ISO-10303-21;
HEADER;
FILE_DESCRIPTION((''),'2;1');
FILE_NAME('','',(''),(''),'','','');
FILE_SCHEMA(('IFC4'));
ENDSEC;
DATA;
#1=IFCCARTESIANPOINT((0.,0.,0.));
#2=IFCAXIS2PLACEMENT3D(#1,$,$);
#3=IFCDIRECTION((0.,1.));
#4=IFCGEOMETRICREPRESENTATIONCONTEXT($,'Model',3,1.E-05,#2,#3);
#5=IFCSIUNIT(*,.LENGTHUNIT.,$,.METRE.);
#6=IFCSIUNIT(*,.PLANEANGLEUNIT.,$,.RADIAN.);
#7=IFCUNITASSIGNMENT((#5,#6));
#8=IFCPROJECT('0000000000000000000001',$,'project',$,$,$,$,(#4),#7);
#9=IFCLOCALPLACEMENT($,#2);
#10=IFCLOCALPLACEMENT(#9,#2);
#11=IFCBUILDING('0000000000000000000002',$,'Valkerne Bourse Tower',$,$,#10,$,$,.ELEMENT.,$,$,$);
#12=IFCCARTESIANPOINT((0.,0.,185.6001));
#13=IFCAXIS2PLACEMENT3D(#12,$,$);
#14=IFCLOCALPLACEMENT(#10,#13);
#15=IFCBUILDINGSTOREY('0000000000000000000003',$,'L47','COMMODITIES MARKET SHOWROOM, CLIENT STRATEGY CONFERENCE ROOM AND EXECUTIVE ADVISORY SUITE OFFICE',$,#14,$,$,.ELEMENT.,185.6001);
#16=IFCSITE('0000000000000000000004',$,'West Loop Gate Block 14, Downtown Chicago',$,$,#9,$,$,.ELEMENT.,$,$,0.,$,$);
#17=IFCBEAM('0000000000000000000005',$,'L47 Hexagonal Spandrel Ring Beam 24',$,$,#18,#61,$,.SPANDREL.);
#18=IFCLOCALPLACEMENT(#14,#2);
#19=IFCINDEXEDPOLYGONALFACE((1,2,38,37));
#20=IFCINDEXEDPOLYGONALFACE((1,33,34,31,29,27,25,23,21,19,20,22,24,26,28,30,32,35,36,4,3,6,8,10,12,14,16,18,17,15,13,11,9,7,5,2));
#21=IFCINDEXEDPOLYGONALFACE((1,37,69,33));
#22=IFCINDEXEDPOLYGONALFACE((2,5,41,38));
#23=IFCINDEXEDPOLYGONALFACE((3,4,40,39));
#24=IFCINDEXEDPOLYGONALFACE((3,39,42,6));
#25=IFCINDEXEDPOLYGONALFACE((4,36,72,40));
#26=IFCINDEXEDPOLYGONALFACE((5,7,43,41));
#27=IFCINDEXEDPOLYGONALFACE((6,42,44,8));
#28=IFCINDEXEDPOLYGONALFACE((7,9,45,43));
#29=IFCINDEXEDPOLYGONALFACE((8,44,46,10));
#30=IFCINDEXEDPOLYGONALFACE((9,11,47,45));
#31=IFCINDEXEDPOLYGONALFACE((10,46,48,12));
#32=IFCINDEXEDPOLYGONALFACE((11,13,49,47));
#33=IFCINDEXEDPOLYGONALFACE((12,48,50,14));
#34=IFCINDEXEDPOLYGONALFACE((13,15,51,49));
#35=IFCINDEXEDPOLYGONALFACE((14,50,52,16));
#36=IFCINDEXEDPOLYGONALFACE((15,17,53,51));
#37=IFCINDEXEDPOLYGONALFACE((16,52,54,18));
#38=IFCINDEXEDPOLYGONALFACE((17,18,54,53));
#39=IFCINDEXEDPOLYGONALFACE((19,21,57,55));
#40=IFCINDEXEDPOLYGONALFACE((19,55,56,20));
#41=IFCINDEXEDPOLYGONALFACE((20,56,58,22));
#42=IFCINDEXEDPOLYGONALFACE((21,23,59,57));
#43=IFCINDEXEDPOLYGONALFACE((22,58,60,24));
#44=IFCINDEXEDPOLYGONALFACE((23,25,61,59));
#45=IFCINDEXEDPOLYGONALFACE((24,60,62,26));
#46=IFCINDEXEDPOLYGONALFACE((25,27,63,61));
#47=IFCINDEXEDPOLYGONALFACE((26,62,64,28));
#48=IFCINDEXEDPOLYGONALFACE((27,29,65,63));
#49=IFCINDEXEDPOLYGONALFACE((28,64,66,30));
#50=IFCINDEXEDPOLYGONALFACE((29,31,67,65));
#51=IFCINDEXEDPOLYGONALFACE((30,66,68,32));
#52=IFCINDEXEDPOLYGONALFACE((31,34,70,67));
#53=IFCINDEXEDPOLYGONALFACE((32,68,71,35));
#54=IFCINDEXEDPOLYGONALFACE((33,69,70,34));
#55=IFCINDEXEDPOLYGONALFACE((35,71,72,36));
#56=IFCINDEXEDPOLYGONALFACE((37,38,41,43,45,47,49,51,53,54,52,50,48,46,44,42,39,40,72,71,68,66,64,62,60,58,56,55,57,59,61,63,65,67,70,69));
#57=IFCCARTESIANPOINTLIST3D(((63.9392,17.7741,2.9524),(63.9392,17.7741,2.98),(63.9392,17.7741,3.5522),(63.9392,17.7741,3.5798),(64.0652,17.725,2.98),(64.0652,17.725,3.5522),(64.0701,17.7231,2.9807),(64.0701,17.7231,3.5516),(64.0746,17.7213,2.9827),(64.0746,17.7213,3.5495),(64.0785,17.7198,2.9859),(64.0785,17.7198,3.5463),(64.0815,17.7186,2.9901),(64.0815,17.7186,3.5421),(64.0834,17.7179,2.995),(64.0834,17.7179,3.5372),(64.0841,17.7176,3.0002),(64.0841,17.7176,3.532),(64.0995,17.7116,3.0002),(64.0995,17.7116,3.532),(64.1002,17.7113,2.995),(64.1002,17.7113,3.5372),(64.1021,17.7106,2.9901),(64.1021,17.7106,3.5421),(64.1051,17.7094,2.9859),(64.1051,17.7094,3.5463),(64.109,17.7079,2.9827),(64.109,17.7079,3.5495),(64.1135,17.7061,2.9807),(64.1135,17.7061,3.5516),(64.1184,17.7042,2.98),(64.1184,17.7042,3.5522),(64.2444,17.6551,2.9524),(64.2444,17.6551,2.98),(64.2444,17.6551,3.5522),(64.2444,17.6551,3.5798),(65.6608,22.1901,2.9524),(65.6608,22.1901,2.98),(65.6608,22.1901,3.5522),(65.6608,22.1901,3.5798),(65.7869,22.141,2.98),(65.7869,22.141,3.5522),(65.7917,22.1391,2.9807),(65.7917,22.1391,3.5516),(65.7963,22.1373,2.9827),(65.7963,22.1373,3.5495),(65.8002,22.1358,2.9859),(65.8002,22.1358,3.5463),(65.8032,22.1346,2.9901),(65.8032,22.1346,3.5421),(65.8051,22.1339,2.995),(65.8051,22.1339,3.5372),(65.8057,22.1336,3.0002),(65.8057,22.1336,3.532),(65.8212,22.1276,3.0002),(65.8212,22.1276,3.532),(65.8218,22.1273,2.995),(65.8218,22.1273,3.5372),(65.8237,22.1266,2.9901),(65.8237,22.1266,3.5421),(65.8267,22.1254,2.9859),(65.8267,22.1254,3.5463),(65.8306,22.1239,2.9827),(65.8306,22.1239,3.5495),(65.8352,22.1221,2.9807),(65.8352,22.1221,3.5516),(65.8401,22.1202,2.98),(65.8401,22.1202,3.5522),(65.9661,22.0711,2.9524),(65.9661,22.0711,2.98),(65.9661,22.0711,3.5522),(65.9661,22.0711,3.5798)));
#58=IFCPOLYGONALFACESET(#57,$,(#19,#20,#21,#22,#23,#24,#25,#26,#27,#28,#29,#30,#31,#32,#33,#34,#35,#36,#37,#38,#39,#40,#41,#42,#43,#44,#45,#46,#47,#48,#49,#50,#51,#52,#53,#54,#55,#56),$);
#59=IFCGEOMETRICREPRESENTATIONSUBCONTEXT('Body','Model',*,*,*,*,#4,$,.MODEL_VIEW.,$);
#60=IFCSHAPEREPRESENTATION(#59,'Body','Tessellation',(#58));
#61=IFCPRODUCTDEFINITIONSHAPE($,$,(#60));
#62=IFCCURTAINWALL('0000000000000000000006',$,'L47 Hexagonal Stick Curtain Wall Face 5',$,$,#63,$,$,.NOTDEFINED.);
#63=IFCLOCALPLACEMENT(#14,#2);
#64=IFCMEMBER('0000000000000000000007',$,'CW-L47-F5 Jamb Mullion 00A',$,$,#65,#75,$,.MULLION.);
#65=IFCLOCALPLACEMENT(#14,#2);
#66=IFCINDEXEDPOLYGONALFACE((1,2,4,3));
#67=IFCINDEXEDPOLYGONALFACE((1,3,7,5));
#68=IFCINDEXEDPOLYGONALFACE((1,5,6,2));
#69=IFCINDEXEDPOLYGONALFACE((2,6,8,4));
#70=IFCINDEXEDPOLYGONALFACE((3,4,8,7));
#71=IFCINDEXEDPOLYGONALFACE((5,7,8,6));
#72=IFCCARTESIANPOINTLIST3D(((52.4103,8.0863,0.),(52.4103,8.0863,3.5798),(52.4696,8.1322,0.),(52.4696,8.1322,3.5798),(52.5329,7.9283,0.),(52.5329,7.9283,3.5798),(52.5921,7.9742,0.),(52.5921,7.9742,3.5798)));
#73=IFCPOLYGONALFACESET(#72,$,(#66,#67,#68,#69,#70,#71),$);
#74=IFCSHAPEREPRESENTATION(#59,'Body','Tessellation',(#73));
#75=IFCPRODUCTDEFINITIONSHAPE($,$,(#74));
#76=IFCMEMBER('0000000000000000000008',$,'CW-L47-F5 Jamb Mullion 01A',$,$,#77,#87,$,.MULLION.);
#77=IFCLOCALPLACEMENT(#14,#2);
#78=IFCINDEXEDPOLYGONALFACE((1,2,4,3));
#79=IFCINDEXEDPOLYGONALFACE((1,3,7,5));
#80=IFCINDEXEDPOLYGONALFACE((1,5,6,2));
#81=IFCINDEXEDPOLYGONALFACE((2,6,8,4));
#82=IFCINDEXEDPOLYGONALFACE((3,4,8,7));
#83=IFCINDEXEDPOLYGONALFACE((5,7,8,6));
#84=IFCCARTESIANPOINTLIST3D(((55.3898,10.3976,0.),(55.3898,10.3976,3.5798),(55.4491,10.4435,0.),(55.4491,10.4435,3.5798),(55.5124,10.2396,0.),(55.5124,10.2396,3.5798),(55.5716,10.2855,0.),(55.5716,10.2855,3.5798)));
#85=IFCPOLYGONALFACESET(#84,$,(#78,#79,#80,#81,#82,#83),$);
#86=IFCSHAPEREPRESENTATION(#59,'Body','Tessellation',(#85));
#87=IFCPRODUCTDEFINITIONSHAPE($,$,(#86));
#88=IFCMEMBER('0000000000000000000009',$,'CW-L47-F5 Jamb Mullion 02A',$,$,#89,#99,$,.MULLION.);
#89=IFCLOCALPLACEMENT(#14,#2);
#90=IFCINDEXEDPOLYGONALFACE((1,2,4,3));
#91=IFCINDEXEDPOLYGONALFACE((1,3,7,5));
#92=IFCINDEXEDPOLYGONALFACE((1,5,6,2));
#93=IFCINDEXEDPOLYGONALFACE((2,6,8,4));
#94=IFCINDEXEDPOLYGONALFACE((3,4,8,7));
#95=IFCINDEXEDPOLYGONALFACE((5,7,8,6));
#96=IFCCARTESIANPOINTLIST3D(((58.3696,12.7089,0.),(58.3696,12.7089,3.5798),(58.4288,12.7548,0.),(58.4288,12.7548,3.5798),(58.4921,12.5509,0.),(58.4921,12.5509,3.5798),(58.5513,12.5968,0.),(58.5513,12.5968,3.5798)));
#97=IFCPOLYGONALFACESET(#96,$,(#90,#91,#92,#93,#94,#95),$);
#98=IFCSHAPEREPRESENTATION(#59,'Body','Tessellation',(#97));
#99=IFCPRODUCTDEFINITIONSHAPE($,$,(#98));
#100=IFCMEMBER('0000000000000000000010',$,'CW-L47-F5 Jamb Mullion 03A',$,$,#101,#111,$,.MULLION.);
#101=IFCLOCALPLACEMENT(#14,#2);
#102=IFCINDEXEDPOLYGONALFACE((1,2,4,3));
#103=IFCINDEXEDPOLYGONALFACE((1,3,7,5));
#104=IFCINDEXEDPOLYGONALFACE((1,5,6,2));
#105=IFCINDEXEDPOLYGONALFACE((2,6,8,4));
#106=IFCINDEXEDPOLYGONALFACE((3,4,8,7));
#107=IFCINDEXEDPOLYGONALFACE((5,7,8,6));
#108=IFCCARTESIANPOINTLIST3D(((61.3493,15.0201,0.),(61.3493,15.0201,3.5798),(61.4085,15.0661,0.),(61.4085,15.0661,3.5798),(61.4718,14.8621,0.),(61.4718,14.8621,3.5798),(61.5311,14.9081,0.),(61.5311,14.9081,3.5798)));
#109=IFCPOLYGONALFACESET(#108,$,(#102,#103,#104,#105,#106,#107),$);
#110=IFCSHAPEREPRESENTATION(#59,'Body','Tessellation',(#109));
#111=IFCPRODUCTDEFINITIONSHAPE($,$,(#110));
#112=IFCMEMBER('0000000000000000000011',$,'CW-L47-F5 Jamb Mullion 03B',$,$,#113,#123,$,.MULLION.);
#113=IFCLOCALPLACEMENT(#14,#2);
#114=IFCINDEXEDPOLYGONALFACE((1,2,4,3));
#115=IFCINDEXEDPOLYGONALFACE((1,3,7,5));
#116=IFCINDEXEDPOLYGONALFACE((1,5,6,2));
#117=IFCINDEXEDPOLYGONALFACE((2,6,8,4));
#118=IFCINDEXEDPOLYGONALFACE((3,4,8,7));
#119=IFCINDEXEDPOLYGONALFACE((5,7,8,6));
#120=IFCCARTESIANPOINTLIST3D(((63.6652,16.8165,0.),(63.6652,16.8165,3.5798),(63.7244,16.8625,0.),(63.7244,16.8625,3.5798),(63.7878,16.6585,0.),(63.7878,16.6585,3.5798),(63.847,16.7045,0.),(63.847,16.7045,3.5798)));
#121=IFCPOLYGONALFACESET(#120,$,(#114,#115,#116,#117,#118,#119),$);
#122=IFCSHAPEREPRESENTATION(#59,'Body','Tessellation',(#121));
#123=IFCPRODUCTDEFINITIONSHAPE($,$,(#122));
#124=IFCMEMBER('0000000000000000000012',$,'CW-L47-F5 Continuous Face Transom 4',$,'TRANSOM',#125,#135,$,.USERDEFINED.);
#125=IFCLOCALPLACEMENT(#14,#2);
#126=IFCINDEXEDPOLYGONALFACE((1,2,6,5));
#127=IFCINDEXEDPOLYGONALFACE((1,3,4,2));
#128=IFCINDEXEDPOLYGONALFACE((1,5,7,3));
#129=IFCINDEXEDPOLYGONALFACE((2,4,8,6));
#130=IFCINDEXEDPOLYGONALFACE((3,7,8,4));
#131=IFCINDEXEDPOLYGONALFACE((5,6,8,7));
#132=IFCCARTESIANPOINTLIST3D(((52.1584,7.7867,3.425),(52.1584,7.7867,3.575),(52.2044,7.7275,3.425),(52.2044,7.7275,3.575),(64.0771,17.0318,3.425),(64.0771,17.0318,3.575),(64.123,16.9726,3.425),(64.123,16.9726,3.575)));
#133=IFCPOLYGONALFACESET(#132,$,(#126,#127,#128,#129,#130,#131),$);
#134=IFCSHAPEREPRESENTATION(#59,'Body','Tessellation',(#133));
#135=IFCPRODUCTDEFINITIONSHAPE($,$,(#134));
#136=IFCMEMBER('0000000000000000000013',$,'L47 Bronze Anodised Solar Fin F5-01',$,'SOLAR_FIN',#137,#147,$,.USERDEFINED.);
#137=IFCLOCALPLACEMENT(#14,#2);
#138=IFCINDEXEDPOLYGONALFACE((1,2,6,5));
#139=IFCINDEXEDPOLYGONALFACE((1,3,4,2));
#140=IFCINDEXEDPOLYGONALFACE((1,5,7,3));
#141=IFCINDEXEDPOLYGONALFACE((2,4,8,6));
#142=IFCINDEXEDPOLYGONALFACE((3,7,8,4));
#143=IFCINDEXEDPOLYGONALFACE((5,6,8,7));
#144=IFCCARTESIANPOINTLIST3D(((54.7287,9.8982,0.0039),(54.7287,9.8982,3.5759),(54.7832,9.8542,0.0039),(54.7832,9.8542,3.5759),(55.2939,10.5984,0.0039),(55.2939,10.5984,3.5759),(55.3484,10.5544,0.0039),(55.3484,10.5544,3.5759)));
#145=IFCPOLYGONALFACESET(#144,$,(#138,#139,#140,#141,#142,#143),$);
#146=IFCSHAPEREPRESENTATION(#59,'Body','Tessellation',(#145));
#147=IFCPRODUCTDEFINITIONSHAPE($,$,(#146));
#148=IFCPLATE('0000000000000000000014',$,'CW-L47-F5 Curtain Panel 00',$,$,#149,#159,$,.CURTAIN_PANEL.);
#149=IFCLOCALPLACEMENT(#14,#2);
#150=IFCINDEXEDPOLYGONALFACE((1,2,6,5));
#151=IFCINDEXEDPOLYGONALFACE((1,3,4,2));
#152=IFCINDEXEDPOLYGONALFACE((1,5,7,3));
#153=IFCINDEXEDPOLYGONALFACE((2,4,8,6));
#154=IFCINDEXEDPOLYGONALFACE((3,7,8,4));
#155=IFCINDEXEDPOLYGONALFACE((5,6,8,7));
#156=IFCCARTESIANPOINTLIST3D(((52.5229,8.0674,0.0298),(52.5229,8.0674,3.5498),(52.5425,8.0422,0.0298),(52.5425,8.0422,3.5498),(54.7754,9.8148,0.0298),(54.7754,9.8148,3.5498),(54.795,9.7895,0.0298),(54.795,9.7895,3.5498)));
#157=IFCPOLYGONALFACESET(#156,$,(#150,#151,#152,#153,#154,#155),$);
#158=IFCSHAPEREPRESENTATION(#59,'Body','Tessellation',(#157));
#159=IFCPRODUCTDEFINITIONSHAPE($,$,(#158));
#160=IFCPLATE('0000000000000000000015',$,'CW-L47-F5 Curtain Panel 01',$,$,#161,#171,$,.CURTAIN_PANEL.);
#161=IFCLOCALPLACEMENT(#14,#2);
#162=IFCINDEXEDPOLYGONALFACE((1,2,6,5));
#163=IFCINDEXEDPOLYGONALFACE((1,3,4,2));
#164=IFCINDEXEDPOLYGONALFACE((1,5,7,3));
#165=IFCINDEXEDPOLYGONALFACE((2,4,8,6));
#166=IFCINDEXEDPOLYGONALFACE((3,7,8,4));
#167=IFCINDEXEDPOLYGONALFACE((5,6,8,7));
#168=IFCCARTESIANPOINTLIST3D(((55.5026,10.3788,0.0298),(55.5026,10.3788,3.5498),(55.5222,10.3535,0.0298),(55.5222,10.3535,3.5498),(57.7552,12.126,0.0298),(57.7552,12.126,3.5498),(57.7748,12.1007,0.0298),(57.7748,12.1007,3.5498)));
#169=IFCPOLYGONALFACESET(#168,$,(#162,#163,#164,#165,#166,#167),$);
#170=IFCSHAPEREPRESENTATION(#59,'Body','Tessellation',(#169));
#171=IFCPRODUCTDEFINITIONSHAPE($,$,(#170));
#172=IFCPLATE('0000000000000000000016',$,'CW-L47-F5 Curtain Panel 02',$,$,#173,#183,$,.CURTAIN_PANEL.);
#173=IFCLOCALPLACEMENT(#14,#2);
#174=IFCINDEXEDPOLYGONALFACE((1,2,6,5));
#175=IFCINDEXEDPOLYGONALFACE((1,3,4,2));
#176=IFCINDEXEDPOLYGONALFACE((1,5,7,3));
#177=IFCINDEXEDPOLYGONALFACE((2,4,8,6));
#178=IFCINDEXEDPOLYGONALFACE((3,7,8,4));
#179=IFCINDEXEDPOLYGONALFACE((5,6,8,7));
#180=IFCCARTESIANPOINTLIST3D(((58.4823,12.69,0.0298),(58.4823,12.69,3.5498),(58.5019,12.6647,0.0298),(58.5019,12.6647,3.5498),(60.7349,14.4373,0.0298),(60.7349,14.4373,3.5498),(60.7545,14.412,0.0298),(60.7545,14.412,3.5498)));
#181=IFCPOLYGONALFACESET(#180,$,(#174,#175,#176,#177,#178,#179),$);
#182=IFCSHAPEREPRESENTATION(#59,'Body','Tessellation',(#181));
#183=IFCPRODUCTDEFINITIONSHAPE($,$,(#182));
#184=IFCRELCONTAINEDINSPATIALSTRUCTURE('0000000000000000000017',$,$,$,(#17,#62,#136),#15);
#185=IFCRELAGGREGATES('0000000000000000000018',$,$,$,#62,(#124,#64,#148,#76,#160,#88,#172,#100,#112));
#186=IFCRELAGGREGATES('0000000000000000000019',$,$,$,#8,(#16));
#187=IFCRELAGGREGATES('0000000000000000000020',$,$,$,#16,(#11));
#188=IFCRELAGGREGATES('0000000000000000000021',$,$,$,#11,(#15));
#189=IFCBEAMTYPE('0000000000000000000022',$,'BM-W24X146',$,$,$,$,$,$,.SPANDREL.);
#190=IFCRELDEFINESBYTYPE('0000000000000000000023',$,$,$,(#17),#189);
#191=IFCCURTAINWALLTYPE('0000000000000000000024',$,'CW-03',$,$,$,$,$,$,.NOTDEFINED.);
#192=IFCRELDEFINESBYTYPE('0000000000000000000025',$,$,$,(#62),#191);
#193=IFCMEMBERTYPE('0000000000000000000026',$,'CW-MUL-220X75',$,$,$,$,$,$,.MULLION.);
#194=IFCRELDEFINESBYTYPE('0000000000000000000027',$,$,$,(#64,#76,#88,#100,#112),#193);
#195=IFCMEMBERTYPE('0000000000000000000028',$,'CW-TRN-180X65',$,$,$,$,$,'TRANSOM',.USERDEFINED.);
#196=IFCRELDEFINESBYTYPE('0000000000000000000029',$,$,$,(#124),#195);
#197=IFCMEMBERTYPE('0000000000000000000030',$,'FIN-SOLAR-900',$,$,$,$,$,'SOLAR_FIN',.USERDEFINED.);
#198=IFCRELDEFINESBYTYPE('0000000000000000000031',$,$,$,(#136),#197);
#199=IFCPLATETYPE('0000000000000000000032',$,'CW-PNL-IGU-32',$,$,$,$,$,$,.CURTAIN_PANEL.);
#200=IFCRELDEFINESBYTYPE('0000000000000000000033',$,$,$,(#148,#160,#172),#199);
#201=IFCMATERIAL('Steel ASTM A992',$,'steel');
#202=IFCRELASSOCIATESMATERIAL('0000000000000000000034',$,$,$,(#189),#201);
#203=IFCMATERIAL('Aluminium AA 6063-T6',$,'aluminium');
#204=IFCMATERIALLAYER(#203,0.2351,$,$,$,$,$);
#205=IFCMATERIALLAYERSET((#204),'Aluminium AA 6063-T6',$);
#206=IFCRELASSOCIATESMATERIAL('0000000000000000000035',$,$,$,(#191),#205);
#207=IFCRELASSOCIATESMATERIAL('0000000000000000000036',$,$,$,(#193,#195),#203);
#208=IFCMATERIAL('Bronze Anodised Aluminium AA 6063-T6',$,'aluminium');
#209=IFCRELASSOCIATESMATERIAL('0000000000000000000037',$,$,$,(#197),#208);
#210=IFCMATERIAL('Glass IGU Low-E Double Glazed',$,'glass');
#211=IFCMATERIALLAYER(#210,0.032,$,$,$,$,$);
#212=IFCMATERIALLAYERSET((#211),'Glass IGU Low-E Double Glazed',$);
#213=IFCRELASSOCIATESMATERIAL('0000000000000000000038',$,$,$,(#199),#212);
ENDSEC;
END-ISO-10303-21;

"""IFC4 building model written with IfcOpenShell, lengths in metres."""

from ifc_helpers import new_model, si_unit, direction, frame, origin, origin_2d, place, context, subcontext, project, spatial, rectangle, i_section, extrude, material, layer, layer_set, material_profile, profile_set, type_object, element, aggregate, save


model = new_model("IFC4")

# Units and contexts
model_context = context("Model", 3, precision=1e-05, world=origin(), true_north=direction((0.0, 1.0)))
body_context = subcontext(model_context, "Body", "Model", "MODEL_VIEW")
ifc_project = project(units=[si_unit("LENGTHUNIT", "METRE"), si_unit("PLANEANGLEUNIT", "RADIAN")], contexts=[model_context])

# Site, building, storey
site_placement = place(None, origin())
site = spatial("IfcSite", under=ifc_project, at=site_placement, Name="West Loop Gate Block 14, Downtown Chicago", CompositionType="ELEMENT", RefElevation=0.0)
building_placement = place(site_placement, origin())
building = spatial("IfcBuilding", under=site, at=building_placement, Name="Valkerne Bourse Tower", CompositionType="ELEMENT")
storey_placement = place(building_placement, frame((0.0, 0.0, 185.6001)))
storey = spatial("IfcBuildingStorey", under=building, at=storey_placement, Name="L47", Description="COMMODITIES MARKET SHOWROOM, CLIENT STRATEGY CONFERENCE ROOM AND EXECUTIVE ADVISORY SUITE OFFICE", CompositionType="ELEMENT", Elevation=185.6001)

# Beam
ifc_material_1 = material(Name="Steel ASTM A992", Category="steel")
ifc_material_profile_1 = material_profile(ifc_material_1, i_section(OverallWidth=0.3276, OverallDepth=0.6274, WebThickness=0.0166, FlangeThickness=0.0276, FilletRadius=0.0203, at=origin_2d()), Name="W24X146")
ifc_profile_set_1 = profile_set([ifc_material_profile_1], Name="Steel ASTM A992")
beam_type = type_object("IfcBeamType", Name="BM-W24X146", PredefinedType="SPANDREL", material=ifc_profile_set_1)
beam_placement = place(storey_placement, frame((64.0918, 17.7146, 3.2661), z_axis=(0.363242, 0.931695, 0.0), x_axis=(-0.931695, 0.363242, 0.0)))
element("IfcBeam", 1, at=beam_placement, inside=storey, type_object=beam_type, Name="L47 Hexagonal Spandrel Ring Beam 24", PredefinedType="SPANDREL", context=body_context, shape_type="SweptSolid", body=[
    extrude(i_section(OverallWidth=0.3276, OverallDepth=0.6274, WebThickness=0.0166, FlangeThickness=0.0276, FilletRadius=0.0203, at=origin_2d()), origin(), (0.0, 0.0, 1.0), 4.7397),
])

# Curtain wall, members
ifc_material_2 = material(Name="Aluminium AA 6063-T6", Category="aluminium")
ifc_layer_1 = layer(ifc_material_2, 0.2351)
ifc_layer_set_1 = layer_set([ifc_layer_1], Name="Aluminium AA 6063-T6")
curtain_wall_type = type_object("IfcCurtainWallType", Name="CW-03", PredefinedType="NOTDEFINED", material=ifc_layer_set_1)
curtain_wall_placement = place(storey_placement, origin())
curtain_wall = element("IfcCurtainWall", 2, at=curtain_wall_placement, inside=storey, type_object=curtain_wall_type, Name="L47 Hexagonal Stick Curtain Wall Face 5", PredefinedType="NOTDEFINED")
ifc_material_profile_2 = material_profile(ifc_material_2, rectangle(XDim=0.075, YDim=0.2, at=origin_2d()), Name="CWM-75X200")
ifc_profile_set_2 = profile_set([ifc_material_profile_2], Name="Aluminium AA 6063-T6")
member_type_1 = type_object("IfcMemberType", Name="CW-MUL-220X75", PredefinedType="MULLION", material=ifc_profile_set_2)
member_1_placement = place(storey_placement, frame((52.5012, 8.0303, 0.0), z_axis=(0.0, 0.0, 1.0), x_axis=(0.790144, 0.612921, 0.0)))
member_1 = element("IfcMember", 3, at=member_1_placement, type_object=member_type_1, Name="CW-L47-F5 Jamb Mullion 00A", PredefinedType="MULLION", context=body_context, shape_type="SweptSolid", body=[
    extrude(rectangle(XDim=0.075, YDim=0.2, at=origin_2d()), origin(), (0.0, 0.0, 1.0), 3.5798),
])
member_2_placement = place(storey_placement, frame((55.4807, 10.3416, 0.0), z_axis=(0.0, 0.0, 1.0), x_axis=(0.790167, 0.612892, 0.0)))
member_2 = element("IfcMember", 4, at=member_2_placement, type_object=member_type_1, Name="CW-L47-F5 Jamb Mullion 01A", PredefinedType="MULLION", context=body_context, shape_type="SweptSolid", body=[
    extrude(rectangle(XDim=0.075, YDim=0.2, at=origin_2d()), origin(), (0.0, 0.0, 1.0), 3.5798),
])
member_3_placement = place(storey_placement, frame((58.4604, 12.6528, 0.0), z_axis=(0.0, 0.0, 1.0), x_axis=(0.790154, 0.612908, 0.0)))
member_3 = element("IfcMember", 5, at=member_3_placement, type_object=member_type_1, Name="CW-L47-F5 Jamb Mullion 02A", PredefinedType="MULLION", context=body_context, shape_type="SweptSolid", body=[
    extrude(rectangle(XDim=0.075, YDim=0.2, at=origin_2d()), origin(), (0.0, 0.0, 1.0), 3.5798),
])
member_4_placement = place(storey_placement, frame((61.4402, 14.9641, 0.0), z_axis=(0.0, 0.0, 1.0), x_axis=(0.790154, 0.612908, 0.0)))
member_4 = element("IfcMember", 6, at=member_4_placement, type_object=member_type_1, Name="CW-L47-F5 Jamb Mullion 03A", PredefinedType="MULLION", context=body_context, shape_type="SweptSolid", body=[
    extrude(rectangle(XDim=0.075, YDim=0.2, at=origin_2d()), origin(), (0.0, 0.0, 1.0), 3.5798),
])
member_5_placement = place(storey_placement, frame((63.7561, 16.7605, 0.0), z_axis=(0.0, 0.0, 1.0), x_axis=(0.790154, 0.612908, 0.0)))
member_5 = element("IfcMember", 7, at=member_5_placement, type_object=member_type_1, Name="CW-L47-F5 Jamb Mullion 03B", PredefinedType="MULLION", context=body_context, shape_type="SweptSolid", body=[
    extrude(rectangle(XDim=0.075, YDim=0.2, at=origin_2d()), origin(), (0.0, 0.0, 1.0), 3.5798),
])
ifc_material_profile_3 = material_profile(ifc_material_2, rectangle(XDim=0.075, YDim=0.1499, at=origin_2d()), Name="CWT-75X150")
ifc_profile_set_3 = profile_set([ifc_material_profile_3], Name="Aluminium AA 6063-T6")
member_type_2 = type_object("IfcMemberType", Name="CW-TRN-180X65", ElementType="TRANSOM", PredefinedType="USERDEFINED", material=ifc_profile_set_3)
member_6_placement = place(storey_placement, frame((52.1814, 7.7571, 3.5), z_axis=(0.790154, 0.612908, 0.0), x_axis=(-0.612908, 0.790154, 0.0)))
member_6 = element("IfcMember", 8, at=member_6_placement, type_object=member_type_2, Name="CW-L47-F5 Continuous Face Transom 4", ObjectType="TRANSOM", PredefinedType="USERDEFINED", context=body_context, shape_type="SweptSolid", body=[
    extrude(rectangle(XDim=0.075, YDim=0.1499, at=origin_2d()), origin(), (0.0, 0.0, 1.0), 15.084),
])

# Member
ifc_material_3 = material(Name="Bronze Anodised Aluminium AA 6063-T6", Category="aluminium")
ifc_material_profile_4 = material_profile(ifc_material_3, rectangle(XDim=0.0701, YDim=0.8999, at=origin_2d()), Name="FIN-70X900")
ifc_profile_set_4 = profile_set([ifc_material_profile_4], Name="Bronze Anodised Aluminium AA 6063-T6")
member_type_3 = type_object("IfcMemberType", Name="FIN-SOLAR-900", ElementType="SOLAR_FIN", PredefinedType="USERDEFINED", material=ifc_profile_set_4)
member_7_placement = place(storey_placement, frame((55.0386, 10.2263, 0.0039), z_axis=(0.0, 0.0, 1.0), x_axis=(0.778144, -0.628086, 0.0)))
element("IfcMember", 9, at=member_7_placement, inside=storey, type_object=member_type_3, Name="L47 Bronze Anodised Solar Fin F5-01", ObjectType="SOLAR_FIN", PredefinedType="USERDEFINED", context=body_context, shape_type="SweptSolid", body=[
    extrude(rectangle(XDim=0.0701, YDim=0.8999, at=origin_2d()), origin(), (0.0, 0.0, 1.0), 3.572),
])

# Plates
ifc_material_4 = material(Name="Glass IGU Low-E Double Glazed", Category="glass")
ifc_layer_2 = layer(ifc_material_4, 0.032)
ifc_layer_set_2 = layer_set([ifc_layer_2], Name="Glass IGU Low-E Double Glazed")
plate_type = type_object("IfcPlateType", Name="CW-PNL-IGU-32", PredefinedType="CURTAIN_PANEL", material=ifc_layer_set_2)
plate_1_placement = place(storey_placement, frame((53.6589, 8.9285, 0.0298), z_axis=(0.0, 0.0, 1.0), x_axis=(0.790144, 0.612921, 0.0)))
plate_1 = element("IfcPlate", 10, at=plate_1_placement, type_object=plate_type, Name="CW-L47-F5 Curtain Panel 00", PredefinedType="CURTAIN_PANEL", context=body_context, shape_type="SweptSolid", body=[
    extrude(rectangle(XDim=2.8508, YDim=0.032, at=origin_2d()), origin(), (0.0, 0.0, 1.0), 3.52),
])
plate_2_placement = place(storey_placement, frame((56.6387, 11.2397, 0.0298), z_axis=(0.0, 0.0, 1.0), x_axis=(0.790167, 0.612892, 0.0)))
plate_2 = element("IfcPlate", 11, at=plate_2_placement, type_object=plate_type, Name="CW-L47-F5 Curtain Panel 01", PredefinedType="CURTAIN_PANEL", context=body_context, shape_type="SweptSolid", body=[
    extrude(rectangle(XDim=2.8508, YDim=0.032, at=origin_2d()), origin(), (0.0, 0.0, 1.0), 3.52),
])
plate_3_placement = place(storey_placement, frame((59.6184, 13.551, 0.0298), z_axis=(0.0, 0.0, 1.0), x_axis=(0.790154, 0.612908, 0.0)))
plate_3 = element("IfcPlate", 12, at=plate_3_placement, type_object=plate_type, Name="CW-L47-F5 Curtain Panel 02", PredefinedType="CURTAIN_PANEL", context=body_context, shape_type="SweptSolid", body=[
    extrude(rectangle(XDim=2.8508, YDim=0.032, at=origin_2d()), origin(), (0.0, 0.0, 1.0), 3.52),
])
aggregate(curtain_wall, [member_6, member_1, plate_1, member_2, plate_2, member_3, plate_3, member_4, member_5])

save(model, "model.ifc")
